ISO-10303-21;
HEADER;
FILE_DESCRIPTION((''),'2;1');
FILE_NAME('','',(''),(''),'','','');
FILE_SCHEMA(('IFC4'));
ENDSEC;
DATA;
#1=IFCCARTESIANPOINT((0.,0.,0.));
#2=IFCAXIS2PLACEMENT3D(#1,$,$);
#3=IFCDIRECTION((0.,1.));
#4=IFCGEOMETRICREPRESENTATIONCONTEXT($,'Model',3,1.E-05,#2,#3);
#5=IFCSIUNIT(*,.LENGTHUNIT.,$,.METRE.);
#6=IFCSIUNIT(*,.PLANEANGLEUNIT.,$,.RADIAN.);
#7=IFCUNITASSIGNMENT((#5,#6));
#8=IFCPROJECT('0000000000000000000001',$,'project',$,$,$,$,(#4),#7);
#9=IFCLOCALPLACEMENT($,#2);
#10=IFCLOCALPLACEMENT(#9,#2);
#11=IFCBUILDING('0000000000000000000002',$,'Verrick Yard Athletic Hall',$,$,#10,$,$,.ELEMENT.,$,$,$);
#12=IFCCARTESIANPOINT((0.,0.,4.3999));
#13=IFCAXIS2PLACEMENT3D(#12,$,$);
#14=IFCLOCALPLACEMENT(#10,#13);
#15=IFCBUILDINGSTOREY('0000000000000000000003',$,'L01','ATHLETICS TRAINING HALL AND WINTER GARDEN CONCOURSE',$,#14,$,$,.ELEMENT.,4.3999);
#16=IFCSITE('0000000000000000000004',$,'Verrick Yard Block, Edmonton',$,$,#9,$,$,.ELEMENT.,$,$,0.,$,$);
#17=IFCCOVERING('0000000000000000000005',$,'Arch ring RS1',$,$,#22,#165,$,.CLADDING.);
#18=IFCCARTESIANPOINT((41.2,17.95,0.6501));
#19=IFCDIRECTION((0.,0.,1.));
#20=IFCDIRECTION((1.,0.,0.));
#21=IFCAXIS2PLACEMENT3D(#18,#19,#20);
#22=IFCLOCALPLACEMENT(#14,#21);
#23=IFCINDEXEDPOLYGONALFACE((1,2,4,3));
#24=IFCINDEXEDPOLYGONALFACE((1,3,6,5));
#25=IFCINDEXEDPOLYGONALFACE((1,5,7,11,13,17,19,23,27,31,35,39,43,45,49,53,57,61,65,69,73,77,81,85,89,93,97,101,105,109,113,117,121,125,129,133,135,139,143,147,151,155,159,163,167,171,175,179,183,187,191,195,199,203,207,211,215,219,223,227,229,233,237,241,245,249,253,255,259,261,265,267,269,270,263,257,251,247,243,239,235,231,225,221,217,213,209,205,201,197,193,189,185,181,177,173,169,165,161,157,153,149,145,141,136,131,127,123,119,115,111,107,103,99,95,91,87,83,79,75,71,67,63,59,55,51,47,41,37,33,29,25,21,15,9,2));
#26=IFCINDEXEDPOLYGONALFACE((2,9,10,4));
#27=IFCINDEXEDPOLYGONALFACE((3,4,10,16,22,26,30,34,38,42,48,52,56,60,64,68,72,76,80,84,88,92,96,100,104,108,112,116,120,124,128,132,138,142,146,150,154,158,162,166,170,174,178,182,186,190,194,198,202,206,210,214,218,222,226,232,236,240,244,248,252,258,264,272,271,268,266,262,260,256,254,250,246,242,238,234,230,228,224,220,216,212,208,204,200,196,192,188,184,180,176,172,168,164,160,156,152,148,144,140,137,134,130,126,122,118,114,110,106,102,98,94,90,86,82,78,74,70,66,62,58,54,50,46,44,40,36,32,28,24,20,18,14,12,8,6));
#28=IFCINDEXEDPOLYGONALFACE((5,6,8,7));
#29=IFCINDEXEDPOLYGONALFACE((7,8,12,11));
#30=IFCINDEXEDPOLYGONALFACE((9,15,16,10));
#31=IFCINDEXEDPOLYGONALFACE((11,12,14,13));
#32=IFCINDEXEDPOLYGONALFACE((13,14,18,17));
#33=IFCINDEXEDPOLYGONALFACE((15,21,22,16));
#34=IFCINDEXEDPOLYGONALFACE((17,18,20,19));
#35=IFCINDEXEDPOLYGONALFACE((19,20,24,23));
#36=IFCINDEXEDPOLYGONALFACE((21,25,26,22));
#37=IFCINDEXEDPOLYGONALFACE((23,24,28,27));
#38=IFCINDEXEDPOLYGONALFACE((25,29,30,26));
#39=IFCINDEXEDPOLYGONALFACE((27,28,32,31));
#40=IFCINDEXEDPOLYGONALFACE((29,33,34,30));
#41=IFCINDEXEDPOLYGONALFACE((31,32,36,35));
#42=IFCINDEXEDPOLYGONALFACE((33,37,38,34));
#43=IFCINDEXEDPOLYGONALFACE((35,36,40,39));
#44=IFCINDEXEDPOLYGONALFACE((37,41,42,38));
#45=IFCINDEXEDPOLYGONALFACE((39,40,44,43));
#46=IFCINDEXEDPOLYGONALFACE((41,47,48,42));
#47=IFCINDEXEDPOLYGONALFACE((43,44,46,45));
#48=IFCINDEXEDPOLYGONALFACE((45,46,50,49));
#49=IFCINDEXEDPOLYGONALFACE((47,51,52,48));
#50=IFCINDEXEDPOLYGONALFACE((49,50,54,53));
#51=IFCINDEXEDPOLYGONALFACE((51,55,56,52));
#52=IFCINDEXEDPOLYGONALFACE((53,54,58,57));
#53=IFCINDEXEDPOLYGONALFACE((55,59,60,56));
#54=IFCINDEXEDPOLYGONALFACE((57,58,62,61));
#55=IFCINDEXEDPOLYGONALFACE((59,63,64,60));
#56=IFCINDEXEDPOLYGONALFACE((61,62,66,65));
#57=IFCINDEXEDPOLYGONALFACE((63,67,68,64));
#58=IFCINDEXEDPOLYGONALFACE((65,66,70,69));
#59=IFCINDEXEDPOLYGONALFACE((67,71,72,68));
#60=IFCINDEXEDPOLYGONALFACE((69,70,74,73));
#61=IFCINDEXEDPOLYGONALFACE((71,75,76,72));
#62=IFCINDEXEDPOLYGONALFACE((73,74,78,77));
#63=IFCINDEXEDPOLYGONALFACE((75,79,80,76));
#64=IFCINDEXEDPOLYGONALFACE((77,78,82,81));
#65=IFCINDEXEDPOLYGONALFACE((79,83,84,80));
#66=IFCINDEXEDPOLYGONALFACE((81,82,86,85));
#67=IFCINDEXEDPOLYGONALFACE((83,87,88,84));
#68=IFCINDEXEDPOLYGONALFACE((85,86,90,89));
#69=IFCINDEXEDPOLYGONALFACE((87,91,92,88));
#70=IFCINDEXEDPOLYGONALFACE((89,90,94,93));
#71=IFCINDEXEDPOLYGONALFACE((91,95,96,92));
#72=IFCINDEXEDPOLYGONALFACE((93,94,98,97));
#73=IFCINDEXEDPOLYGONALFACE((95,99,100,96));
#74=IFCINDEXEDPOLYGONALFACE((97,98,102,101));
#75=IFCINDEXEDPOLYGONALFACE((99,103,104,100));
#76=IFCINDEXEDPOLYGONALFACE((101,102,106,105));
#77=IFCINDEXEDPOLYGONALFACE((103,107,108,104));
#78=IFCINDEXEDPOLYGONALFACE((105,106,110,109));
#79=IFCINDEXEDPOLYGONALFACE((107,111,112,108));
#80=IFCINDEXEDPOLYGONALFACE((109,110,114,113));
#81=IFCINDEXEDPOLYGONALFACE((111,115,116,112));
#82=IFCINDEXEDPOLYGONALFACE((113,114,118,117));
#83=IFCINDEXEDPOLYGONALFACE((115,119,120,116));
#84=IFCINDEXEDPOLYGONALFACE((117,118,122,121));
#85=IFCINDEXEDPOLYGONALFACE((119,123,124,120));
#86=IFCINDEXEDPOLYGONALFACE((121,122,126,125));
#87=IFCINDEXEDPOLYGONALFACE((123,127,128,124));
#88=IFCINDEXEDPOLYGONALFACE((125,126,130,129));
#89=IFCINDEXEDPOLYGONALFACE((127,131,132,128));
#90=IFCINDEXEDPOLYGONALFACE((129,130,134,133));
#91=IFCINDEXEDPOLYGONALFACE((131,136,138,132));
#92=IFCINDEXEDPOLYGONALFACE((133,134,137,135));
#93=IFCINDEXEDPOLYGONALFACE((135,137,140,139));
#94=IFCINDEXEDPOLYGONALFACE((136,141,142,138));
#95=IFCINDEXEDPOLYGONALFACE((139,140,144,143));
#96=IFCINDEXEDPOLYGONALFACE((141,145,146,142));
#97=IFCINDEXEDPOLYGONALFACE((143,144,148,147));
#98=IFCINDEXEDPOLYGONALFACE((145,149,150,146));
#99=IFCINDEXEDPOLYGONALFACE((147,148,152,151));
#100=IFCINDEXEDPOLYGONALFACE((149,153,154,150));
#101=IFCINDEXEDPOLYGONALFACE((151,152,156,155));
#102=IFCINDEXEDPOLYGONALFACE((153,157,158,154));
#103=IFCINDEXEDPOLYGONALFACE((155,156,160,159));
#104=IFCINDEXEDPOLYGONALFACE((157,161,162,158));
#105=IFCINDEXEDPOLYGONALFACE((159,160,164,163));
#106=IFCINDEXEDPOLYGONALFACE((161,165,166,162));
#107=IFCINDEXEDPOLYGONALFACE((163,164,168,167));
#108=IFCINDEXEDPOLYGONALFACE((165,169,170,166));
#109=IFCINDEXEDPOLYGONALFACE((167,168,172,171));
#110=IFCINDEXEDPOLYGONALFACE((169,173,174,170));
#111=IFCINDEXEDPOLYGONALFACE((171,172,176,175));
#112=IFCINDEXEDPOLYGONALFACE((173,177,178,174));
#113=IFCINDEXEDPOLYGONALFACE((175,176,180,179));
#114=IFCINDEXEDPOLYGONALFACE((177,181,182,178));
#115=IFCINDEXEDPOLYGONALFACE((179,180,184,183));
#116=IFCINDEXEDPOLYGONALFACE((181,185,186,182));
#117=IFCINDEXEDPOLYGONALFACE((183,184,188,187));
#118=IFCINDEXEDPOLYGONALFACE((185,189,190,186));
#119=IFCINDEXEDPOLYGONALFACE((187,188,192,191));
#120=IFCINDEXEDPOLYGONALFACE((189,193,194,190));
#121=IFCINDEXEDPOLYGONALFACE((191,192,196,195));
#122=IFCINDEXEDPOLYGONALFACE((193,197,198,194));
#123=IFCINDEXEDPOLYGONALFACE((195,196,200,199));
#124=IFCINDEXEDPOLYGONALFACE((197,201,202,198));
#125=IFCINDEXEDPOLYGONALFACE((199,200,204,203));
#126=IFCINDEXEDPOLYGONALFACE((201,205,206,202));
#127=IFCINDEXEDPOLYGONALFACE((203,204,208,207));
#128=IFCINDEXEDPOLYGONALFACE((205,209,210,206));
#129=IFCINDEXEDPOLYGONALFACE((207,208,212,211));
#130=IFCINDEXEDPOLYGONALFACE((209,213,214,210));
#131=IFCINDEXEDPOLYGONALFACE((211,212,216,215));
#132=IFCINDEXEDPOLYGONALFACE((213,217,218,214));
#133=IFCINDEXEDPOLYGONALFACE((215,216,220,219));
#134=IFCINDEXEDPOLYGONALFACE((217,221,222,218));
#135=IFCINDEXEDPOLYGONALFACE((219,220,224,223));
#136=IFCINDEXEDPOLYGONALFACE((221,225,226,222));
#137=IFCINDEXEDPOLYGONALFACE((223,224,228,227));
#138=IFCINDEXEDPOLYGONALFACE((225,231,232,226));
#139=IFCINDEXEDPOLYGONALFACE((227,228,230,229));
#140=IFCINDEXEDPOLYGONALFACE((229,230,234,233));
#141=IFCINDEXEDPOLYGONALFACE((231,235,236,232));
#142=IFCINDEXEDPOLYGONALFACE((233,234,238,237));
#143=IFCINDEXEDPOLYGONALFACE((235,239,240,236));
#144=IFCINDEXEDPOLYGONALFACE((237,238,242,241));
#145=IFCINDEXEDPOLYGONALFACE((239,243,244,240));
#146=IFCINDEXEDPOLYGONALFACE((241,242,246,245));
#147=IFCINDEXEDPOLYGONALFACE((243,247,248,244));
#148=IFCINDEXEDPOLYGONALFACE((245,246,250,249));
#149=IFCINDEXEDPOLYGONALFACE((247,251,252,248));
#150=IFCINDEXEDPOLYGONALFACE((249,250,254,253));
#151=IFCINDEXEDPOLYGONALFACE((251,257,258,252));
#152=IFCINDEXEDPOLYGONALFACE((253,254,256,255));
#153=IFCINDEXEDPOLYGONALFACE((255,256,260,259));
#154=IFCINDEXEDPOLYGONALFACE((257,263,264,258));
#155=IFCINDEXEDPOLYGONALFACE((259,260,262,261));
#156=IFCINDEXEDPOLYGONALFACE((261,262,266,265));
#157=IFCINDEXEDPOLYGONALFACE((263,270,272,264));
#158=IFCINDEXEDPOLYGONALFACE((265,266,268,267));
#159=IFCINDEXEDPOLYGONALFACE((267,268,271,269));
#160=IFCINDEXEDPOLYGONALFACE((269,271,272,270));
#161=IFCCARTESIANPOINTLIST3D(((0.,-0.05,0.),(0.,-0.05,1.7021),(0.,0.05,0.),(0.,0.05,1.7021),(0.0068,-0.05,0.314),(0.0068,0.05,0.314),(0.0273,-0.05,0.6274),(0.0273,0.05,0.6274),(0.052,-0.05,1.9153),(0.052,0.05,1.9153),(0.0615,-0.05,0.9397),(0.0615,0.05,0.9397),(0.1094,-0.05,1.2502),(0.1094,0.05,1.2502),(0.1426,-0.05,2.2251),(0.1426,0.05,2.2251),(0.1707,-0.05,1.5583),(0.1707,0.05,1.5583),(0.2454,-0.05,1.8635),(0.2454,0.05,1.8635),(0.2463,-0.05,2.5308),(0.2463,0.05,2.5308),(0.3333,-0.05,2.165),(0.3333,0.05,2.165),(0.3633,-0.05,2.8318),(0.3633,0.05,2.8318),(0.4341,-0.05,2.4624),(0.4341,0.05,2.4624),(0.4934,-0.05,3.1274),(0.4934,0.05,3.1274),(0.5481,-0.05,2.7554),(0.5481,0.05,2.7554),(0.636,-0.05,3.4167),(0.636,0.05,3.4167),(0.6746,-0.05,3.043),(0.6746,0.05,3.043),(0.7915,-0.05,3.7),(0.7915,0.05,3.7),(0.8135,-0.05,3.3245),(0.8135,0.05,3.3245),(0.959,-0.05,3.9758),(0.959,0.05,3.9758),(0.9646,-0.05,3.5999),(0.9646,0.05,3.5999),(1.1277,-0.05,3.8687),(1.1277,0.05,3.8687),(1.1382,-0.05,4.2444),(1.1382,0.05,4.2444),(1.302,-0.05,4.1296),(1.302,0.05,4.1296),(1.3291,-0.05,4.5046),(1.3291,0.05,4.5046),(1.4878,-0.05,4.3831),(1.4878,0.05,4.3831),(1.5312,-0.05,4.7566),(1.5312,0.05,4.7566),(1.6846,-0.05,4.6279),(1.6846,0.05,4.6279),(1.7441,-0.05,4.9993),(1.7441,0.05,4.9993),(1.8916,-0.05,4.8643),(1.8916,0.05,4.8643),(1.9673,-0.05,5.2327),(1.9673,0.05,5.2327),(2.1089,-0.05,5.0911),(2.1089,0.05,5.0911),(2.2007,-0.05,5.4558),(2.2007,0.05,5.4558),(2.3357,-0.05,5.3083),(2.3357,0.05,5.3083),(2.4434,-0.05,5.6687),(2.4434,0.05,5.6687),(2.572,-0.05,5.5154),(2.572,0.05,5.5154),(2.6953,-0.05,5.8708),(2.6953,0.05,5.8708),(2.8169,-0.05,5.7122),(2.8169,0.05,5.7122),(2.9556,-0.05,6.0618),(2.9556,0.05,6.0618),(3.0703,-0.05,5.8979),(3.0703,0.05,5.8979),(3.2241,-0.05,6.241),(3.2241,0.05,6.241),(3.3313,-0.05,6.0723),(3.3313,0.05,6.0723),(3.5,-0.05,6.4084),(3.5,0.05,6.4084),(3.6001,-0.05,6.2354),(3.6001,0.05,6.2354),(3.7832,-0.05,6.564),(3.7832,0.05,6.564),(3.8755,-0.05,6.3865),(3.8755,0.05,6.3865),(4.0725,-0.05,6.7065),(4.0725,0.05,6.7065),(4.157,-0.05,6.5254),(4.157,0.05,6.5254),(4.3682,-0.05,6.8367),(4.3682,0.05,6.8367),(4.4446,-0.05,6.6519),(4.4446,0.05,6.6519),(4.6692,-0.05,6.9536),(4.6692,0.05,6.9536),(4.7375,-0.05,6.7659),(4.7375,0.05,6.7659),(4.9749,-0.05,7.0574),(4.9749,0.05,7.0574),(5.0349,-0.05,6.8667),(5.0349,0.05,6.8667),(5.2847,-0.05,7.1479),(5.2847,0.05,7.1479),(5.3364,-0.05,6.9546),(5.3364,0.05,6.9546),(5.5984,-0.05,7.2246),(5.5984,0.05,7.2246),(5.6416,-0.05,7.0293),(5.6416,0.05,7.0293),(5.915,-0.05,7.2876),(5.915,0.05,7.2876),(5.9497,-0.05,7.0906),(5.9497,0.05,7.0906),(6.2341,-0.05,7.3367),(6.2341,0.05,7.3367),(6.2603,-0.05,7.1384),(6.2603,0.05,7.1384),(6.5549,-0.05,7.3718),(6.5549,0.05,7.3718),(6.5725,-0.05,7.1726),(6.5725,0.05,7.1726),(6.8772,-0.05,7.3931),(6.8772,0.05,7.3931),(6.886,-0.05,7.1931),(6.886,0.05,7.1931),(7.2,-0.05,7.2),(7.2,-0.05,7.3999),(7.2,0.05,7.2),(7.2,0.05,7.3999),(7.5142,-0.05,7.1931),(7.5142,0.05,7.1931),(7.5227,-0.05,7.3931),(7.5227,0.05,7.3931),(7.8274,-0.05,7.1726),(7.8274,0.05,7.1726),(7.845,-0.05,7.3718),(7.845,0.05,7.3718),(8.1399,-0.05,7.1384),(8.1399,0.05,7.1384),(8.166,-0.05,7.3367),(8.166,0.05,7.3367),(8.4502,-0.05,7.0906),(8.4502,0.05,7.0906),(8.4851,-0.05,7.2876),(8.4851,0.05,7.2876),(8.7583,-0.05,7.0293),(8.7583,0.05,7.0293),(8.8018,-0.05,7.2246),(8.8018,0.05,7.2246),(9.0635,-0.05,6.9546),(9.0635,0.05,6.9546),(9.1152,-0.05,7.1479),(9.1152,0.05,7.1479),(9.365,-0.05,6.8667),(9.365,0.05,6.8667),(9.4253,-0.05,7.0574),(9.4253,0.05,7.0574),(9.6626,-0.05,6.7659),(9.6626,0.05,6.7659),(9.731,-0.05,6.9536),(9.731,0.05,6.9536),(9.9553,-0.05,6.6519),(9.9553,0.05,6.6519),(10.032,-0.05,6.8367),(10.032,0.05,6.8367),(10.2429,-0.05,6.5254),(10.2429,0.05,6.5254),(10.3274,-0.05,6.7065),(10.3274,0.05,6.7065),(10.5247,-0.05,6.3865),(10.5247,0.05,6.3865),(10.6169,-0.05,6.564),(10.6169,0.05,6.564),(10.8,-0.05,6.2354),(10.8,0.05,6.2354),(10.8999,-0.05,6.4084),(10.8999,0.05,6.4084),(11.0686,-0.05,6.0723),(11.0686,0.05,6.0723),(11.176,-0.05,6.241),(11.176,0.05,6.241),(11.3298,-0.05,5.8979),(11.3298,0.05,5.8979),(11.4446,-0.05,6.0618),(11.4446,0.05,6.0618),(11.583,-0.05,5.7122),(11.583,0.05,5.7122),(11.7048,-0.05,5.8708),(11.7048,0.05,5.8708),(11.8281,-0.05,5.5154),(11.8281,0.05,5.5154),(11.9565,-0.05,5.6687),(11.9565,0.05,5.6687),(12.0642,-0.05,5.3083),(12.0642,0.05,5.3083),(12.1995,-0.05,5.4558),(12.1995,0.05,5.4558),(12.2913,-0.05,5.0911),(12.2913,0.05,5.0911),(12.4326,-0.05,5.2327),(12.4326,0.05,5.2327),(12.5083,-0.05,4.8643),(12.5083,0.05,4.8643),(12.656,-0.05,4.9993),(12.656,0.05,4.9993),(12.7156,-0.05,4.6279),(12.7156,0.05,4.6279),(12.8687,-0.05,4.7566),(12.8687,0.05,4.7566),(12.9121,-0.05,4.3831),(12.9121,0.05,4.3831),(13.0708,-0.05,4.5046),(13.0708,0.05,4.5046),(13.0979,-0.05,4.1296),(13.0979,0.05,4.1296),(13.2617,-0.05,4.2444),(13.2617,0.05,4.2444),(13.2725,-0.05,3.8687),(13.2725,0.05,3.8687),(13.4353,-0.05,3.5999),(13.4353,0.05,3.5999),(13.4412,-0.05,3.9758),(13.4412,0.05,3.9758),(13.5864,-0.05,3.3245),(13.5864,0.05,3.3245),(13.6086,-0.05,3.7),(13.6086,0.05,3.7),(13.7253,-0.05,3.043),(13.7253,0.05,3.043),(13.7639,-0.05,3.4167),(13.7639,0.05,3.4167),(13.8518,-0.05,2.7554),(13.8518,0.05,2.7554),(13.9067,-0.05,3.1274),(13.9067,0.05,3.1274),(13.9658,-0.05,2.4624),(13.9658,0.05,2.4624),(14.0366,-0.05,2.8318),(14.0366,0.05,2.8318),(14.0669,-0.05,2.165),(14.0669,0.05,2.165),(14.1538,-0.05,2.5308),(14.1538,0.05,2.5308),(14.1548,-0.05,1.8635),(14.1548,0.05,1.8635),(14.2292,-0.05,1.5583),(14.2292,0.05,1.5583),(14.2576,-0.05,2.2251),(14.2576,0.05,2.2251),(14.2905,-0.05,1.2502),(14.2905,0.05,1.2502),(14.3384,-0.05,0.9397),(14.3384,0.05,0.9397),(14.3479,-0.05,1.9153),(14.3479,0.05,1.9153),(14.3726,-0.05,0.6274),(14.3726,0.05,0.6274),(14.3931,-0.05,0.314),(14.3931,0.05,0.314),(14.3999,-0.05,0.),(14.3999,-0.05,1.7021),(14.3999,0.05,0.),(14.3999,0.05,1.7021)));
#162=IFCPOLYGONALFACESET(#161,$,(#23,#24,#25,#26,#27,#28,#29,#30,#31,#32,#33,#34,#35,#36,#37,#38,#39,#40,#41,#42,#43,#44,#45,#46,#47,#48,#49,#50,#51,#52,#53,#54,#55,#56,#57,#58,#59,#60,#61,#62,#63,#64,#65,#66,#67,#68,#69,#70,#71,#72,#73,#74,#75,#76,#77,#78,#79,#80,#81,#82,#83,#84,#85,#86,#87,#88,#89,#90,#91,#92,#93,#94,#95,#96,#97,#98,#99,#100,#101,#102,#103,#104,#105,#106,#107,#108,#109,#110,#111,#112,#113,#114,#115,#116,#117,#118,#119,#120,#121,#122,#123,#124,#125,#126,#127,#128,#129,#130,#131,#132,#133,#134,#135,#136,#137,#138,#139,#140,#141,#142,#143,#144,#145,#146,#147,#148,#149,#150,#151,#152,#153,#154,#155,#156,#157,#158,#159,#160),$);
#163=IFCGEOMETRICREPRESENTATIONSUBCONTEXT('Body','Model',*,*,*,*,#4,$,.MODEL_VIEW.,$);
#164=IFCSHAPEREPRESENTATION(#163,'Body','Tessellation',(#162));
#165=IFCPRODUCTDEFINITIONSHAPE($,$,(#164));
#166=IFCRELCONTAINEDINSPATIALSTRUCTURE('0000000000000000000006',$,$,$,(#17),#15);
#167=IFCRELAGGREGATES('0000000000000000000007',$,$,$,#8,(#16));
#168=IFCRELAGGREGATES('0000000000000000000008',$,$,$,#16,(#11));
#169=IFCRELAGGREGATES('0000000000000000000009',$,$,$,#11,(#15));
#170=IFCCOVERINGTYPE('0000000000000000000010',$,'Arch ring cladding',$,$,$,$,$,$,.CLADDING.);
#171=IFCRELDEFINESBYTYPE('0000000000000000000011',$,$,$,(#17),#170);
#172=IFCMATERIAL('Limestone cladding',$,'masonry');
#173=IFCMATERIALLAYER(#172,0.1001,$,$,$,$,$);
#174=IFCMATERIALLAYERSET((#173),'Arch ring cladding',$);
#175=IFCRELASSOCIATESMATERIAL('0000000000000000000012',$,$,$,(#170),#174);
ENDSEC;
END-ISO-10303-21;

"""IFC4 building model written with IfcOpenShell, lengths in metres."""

from ifc_helpers import new_model, si_unit, direction, frame, origin, place, context, subcontext, project, spatial, polyline, outline, extrude, material, layer, layer_set, type_object, element, save


model = new_model("IFC4")

# Units and contexts
model_context = context("Model", 3, precision=1e-05, world=origin(), true_north=direction((0.0, 1.0)))
body_context = subcontext(model_context, "Body", "Model", "MODEL_VIEW")
ifc_project = project(units=[si_unit("LENGTHUNIT", "METRE"), si_unit("PLANEANGLEUNIT", "RADIAN")], contexts=[model_context])

# Site, building, storey
site_placement = place(None, origin())
site = spatial("IfcSite", under=ifc_project, at=site_placement, Name="Verrick Yard Block, Edmonton", CompositionType="ELEMENT", RefElevation=0.0)
building_placement = place(site_placement, origin())
building = spatial("IfcBuilding", under=site, at=building_placement, Name="Verrick Yard Athletic Hall", CompositionType="ELEMENT")
storey_placement = place(building_placement, frame((0.0, 0.0, 4.3999)))
storey = spatial("IfcBuildingStorey", under=building, at=storey_placement, Name="L01", Description="ATHLETICS TRAINING HALL AND WINTER GARDEN CONCOURSE", CompositionType="ELEMENT", Elevation=4.3999)

# Covering
ifc_material_1 = material(Name="Limestone cladding", Category="masonry")
ifc_layer_1 = layer(ifc_material_1, 0.1001)
ifc_layer_set_1 = layer_set([ifc_layer_1], Name="Arch ring cladding")
covering_type_1 = type_object("IfcCoveringType", Name="Arch ring cladding", PredefinedType="CLADDING", material=ifc_layer_set_1)
covering_1_placement = place(storey_placement, frame((41.2, 17.95, 0.6501), z_axis=(0.0, 0.0, 1.0), x_axis=(1.0, 0.0, 0.0)))
element("IfcCovering", 1, at=covering_1_placement, inside=storey, type_object=covering_type_1, Name="Arch ring RS1", PredefinedType="CLADDING", context=body_context, shape_type="SweptSolid", body=[
    extrude(outline(polyline([(0.0, 1.7021), (0.0, 0.0), (0.0068, 0.314), (0.0273, 0.6274), (0.0615, 0.9397), (0.1094, 1.2502), (0.1707, 1.5583), (0.2454, 1.8635), (0.3333, 2.165), (0.4341, 2.4624), (0.5481, 2.7554), (0.6746, 3.043), (0.8135, 3.3245), (0.9646, 3.5999), (1.1277, 3.8687), (1.302, 4.1296), (1.4878, 4.3831), (1.6846, 4.6279), (1.8916, 4.8643), (2.1089, 5.0911), (2.3357, 5.3083), (2.572, 5.5154), (2.8169, 5.7122), (3.0703, 5.8979), (3.3313, 6.0723), (3.6001, 6.2354), (3.8755, 6.3865), (4.157, 6.5254), (4.4446, 6.6519), (4.7375, 6.7659), (5.0349, 6.8667), (5.3364, 6.9546), (5.6416, 7.0293), (5.9497, 7.0906), (6.2603, 7.1384), (6.5725, 7.1726), (6.886, 7.1931), (7.2, 7.2), (7.5142, 7.1931), (7.8274, 7.1726), (8.1399, 7.1384), (8.4502, 7.0906), (8.7583, 7.0293), (9.0635, 6.9546), (9.365, 6.8667), (9.6626, 6.7659), (9.9553, 6.6519), (10.2429, 6.5254), (10.5247, 6.3865), (10.8, 6.2354), (11.0686, 6.0723), (11.3298, 5.8979), (11.583, 5.7122), (11.8281, 5.5154), (12.0642, 5.3083), (12.2913, 5.0911), (12.5083, 4.8643), (12.7156, 4.6279), (12.9121, 4.3831), (13.0979, 4.1296), (13.2725, 3.8687), (13.4353, 3.5999), (13.5864, 3.3245), (13.7253, 3.043), (13.8518, 2.7554), (13.9658, 2.4624), (14.0669, 2.165), (14.1548, 1.8635), (14.2292, 1.5583), (14.2905, 1.2502), (14.3384, 0.9397), (14.3726, 0.6274), (14.3931, 0.314), (14.3999, 0.0), (14.3999, 1.7021), (14.3479, 1.9153), (14.2576, 2.2251), (14.1538, 2.5308), (14.0366, 2.8318), (13.9067, 3.1274), (13.7639, 3.4167), (13.6086, 3.7), (13.4412, 3.9758), (13.2617, 4.2444), (13.0708, 4.5046), (12.8687, 4.7566), (12.656, 4.9993), (12.4326, 5.2327), (12.1995, 5.4558), (11.9565, 5.6687), (11.7048, 5.8708), (11.4446, 6.0618), (11.176, 6.241), (10.8999, 6.4084), (10.6169, 6.564), (10.3274, 6.7065), (10.032, 6.8367), (9.731, 6.9536), (9.4253, 7.0574), (9.1152, 7.1479), (8.8018, 7.2246), (8.4851, 7.2876), (8.166, 7.3367), (7.845, 7.3718), (7.5227, 7.3931), (7.2, 7.3999), (6.8772, 7.3931), (6.5549, 7.3718), (6.2341, 7.3367), (5.915, 7.2876), (5.5984, 7.2246), (5.2847, 7.1479), (4.9749, 7.0574), (4.6692, 6.9536), (4.3682, 6.8367), (4.0725, 6.7065), (3.7832, 6.564), (3.5, 6.4084), (3.2241, 6.241), (2.9556, 6.0618), (2.6953, 5.8708), (2.4434, 5.6687), (2.2007, 5.4558), (1.9673, 5.2327), (1.7441, 4.9993), (1.5312, 4.7566), (1.3291, 4.5046), (1.1382, 4.2444), (0.959, 3.9758), (0.7915, 3.7), (0.636, 3.4167), (0.4934, 3.1274), (0.3633, 2.8318), (0.2463, 2.5308), (0.1426, 2.2251), (0.052, 1.9153), (0.0, 1.7021)])), frame((0.0, 0.05, 0.0), z_axis=(0.0, -1.0, 0.0), x_axis=(1.0, 0.0, 0.0)), (0.0, 0.0, 1.0), 0.1001),
])

save(model, "model.ifc")
